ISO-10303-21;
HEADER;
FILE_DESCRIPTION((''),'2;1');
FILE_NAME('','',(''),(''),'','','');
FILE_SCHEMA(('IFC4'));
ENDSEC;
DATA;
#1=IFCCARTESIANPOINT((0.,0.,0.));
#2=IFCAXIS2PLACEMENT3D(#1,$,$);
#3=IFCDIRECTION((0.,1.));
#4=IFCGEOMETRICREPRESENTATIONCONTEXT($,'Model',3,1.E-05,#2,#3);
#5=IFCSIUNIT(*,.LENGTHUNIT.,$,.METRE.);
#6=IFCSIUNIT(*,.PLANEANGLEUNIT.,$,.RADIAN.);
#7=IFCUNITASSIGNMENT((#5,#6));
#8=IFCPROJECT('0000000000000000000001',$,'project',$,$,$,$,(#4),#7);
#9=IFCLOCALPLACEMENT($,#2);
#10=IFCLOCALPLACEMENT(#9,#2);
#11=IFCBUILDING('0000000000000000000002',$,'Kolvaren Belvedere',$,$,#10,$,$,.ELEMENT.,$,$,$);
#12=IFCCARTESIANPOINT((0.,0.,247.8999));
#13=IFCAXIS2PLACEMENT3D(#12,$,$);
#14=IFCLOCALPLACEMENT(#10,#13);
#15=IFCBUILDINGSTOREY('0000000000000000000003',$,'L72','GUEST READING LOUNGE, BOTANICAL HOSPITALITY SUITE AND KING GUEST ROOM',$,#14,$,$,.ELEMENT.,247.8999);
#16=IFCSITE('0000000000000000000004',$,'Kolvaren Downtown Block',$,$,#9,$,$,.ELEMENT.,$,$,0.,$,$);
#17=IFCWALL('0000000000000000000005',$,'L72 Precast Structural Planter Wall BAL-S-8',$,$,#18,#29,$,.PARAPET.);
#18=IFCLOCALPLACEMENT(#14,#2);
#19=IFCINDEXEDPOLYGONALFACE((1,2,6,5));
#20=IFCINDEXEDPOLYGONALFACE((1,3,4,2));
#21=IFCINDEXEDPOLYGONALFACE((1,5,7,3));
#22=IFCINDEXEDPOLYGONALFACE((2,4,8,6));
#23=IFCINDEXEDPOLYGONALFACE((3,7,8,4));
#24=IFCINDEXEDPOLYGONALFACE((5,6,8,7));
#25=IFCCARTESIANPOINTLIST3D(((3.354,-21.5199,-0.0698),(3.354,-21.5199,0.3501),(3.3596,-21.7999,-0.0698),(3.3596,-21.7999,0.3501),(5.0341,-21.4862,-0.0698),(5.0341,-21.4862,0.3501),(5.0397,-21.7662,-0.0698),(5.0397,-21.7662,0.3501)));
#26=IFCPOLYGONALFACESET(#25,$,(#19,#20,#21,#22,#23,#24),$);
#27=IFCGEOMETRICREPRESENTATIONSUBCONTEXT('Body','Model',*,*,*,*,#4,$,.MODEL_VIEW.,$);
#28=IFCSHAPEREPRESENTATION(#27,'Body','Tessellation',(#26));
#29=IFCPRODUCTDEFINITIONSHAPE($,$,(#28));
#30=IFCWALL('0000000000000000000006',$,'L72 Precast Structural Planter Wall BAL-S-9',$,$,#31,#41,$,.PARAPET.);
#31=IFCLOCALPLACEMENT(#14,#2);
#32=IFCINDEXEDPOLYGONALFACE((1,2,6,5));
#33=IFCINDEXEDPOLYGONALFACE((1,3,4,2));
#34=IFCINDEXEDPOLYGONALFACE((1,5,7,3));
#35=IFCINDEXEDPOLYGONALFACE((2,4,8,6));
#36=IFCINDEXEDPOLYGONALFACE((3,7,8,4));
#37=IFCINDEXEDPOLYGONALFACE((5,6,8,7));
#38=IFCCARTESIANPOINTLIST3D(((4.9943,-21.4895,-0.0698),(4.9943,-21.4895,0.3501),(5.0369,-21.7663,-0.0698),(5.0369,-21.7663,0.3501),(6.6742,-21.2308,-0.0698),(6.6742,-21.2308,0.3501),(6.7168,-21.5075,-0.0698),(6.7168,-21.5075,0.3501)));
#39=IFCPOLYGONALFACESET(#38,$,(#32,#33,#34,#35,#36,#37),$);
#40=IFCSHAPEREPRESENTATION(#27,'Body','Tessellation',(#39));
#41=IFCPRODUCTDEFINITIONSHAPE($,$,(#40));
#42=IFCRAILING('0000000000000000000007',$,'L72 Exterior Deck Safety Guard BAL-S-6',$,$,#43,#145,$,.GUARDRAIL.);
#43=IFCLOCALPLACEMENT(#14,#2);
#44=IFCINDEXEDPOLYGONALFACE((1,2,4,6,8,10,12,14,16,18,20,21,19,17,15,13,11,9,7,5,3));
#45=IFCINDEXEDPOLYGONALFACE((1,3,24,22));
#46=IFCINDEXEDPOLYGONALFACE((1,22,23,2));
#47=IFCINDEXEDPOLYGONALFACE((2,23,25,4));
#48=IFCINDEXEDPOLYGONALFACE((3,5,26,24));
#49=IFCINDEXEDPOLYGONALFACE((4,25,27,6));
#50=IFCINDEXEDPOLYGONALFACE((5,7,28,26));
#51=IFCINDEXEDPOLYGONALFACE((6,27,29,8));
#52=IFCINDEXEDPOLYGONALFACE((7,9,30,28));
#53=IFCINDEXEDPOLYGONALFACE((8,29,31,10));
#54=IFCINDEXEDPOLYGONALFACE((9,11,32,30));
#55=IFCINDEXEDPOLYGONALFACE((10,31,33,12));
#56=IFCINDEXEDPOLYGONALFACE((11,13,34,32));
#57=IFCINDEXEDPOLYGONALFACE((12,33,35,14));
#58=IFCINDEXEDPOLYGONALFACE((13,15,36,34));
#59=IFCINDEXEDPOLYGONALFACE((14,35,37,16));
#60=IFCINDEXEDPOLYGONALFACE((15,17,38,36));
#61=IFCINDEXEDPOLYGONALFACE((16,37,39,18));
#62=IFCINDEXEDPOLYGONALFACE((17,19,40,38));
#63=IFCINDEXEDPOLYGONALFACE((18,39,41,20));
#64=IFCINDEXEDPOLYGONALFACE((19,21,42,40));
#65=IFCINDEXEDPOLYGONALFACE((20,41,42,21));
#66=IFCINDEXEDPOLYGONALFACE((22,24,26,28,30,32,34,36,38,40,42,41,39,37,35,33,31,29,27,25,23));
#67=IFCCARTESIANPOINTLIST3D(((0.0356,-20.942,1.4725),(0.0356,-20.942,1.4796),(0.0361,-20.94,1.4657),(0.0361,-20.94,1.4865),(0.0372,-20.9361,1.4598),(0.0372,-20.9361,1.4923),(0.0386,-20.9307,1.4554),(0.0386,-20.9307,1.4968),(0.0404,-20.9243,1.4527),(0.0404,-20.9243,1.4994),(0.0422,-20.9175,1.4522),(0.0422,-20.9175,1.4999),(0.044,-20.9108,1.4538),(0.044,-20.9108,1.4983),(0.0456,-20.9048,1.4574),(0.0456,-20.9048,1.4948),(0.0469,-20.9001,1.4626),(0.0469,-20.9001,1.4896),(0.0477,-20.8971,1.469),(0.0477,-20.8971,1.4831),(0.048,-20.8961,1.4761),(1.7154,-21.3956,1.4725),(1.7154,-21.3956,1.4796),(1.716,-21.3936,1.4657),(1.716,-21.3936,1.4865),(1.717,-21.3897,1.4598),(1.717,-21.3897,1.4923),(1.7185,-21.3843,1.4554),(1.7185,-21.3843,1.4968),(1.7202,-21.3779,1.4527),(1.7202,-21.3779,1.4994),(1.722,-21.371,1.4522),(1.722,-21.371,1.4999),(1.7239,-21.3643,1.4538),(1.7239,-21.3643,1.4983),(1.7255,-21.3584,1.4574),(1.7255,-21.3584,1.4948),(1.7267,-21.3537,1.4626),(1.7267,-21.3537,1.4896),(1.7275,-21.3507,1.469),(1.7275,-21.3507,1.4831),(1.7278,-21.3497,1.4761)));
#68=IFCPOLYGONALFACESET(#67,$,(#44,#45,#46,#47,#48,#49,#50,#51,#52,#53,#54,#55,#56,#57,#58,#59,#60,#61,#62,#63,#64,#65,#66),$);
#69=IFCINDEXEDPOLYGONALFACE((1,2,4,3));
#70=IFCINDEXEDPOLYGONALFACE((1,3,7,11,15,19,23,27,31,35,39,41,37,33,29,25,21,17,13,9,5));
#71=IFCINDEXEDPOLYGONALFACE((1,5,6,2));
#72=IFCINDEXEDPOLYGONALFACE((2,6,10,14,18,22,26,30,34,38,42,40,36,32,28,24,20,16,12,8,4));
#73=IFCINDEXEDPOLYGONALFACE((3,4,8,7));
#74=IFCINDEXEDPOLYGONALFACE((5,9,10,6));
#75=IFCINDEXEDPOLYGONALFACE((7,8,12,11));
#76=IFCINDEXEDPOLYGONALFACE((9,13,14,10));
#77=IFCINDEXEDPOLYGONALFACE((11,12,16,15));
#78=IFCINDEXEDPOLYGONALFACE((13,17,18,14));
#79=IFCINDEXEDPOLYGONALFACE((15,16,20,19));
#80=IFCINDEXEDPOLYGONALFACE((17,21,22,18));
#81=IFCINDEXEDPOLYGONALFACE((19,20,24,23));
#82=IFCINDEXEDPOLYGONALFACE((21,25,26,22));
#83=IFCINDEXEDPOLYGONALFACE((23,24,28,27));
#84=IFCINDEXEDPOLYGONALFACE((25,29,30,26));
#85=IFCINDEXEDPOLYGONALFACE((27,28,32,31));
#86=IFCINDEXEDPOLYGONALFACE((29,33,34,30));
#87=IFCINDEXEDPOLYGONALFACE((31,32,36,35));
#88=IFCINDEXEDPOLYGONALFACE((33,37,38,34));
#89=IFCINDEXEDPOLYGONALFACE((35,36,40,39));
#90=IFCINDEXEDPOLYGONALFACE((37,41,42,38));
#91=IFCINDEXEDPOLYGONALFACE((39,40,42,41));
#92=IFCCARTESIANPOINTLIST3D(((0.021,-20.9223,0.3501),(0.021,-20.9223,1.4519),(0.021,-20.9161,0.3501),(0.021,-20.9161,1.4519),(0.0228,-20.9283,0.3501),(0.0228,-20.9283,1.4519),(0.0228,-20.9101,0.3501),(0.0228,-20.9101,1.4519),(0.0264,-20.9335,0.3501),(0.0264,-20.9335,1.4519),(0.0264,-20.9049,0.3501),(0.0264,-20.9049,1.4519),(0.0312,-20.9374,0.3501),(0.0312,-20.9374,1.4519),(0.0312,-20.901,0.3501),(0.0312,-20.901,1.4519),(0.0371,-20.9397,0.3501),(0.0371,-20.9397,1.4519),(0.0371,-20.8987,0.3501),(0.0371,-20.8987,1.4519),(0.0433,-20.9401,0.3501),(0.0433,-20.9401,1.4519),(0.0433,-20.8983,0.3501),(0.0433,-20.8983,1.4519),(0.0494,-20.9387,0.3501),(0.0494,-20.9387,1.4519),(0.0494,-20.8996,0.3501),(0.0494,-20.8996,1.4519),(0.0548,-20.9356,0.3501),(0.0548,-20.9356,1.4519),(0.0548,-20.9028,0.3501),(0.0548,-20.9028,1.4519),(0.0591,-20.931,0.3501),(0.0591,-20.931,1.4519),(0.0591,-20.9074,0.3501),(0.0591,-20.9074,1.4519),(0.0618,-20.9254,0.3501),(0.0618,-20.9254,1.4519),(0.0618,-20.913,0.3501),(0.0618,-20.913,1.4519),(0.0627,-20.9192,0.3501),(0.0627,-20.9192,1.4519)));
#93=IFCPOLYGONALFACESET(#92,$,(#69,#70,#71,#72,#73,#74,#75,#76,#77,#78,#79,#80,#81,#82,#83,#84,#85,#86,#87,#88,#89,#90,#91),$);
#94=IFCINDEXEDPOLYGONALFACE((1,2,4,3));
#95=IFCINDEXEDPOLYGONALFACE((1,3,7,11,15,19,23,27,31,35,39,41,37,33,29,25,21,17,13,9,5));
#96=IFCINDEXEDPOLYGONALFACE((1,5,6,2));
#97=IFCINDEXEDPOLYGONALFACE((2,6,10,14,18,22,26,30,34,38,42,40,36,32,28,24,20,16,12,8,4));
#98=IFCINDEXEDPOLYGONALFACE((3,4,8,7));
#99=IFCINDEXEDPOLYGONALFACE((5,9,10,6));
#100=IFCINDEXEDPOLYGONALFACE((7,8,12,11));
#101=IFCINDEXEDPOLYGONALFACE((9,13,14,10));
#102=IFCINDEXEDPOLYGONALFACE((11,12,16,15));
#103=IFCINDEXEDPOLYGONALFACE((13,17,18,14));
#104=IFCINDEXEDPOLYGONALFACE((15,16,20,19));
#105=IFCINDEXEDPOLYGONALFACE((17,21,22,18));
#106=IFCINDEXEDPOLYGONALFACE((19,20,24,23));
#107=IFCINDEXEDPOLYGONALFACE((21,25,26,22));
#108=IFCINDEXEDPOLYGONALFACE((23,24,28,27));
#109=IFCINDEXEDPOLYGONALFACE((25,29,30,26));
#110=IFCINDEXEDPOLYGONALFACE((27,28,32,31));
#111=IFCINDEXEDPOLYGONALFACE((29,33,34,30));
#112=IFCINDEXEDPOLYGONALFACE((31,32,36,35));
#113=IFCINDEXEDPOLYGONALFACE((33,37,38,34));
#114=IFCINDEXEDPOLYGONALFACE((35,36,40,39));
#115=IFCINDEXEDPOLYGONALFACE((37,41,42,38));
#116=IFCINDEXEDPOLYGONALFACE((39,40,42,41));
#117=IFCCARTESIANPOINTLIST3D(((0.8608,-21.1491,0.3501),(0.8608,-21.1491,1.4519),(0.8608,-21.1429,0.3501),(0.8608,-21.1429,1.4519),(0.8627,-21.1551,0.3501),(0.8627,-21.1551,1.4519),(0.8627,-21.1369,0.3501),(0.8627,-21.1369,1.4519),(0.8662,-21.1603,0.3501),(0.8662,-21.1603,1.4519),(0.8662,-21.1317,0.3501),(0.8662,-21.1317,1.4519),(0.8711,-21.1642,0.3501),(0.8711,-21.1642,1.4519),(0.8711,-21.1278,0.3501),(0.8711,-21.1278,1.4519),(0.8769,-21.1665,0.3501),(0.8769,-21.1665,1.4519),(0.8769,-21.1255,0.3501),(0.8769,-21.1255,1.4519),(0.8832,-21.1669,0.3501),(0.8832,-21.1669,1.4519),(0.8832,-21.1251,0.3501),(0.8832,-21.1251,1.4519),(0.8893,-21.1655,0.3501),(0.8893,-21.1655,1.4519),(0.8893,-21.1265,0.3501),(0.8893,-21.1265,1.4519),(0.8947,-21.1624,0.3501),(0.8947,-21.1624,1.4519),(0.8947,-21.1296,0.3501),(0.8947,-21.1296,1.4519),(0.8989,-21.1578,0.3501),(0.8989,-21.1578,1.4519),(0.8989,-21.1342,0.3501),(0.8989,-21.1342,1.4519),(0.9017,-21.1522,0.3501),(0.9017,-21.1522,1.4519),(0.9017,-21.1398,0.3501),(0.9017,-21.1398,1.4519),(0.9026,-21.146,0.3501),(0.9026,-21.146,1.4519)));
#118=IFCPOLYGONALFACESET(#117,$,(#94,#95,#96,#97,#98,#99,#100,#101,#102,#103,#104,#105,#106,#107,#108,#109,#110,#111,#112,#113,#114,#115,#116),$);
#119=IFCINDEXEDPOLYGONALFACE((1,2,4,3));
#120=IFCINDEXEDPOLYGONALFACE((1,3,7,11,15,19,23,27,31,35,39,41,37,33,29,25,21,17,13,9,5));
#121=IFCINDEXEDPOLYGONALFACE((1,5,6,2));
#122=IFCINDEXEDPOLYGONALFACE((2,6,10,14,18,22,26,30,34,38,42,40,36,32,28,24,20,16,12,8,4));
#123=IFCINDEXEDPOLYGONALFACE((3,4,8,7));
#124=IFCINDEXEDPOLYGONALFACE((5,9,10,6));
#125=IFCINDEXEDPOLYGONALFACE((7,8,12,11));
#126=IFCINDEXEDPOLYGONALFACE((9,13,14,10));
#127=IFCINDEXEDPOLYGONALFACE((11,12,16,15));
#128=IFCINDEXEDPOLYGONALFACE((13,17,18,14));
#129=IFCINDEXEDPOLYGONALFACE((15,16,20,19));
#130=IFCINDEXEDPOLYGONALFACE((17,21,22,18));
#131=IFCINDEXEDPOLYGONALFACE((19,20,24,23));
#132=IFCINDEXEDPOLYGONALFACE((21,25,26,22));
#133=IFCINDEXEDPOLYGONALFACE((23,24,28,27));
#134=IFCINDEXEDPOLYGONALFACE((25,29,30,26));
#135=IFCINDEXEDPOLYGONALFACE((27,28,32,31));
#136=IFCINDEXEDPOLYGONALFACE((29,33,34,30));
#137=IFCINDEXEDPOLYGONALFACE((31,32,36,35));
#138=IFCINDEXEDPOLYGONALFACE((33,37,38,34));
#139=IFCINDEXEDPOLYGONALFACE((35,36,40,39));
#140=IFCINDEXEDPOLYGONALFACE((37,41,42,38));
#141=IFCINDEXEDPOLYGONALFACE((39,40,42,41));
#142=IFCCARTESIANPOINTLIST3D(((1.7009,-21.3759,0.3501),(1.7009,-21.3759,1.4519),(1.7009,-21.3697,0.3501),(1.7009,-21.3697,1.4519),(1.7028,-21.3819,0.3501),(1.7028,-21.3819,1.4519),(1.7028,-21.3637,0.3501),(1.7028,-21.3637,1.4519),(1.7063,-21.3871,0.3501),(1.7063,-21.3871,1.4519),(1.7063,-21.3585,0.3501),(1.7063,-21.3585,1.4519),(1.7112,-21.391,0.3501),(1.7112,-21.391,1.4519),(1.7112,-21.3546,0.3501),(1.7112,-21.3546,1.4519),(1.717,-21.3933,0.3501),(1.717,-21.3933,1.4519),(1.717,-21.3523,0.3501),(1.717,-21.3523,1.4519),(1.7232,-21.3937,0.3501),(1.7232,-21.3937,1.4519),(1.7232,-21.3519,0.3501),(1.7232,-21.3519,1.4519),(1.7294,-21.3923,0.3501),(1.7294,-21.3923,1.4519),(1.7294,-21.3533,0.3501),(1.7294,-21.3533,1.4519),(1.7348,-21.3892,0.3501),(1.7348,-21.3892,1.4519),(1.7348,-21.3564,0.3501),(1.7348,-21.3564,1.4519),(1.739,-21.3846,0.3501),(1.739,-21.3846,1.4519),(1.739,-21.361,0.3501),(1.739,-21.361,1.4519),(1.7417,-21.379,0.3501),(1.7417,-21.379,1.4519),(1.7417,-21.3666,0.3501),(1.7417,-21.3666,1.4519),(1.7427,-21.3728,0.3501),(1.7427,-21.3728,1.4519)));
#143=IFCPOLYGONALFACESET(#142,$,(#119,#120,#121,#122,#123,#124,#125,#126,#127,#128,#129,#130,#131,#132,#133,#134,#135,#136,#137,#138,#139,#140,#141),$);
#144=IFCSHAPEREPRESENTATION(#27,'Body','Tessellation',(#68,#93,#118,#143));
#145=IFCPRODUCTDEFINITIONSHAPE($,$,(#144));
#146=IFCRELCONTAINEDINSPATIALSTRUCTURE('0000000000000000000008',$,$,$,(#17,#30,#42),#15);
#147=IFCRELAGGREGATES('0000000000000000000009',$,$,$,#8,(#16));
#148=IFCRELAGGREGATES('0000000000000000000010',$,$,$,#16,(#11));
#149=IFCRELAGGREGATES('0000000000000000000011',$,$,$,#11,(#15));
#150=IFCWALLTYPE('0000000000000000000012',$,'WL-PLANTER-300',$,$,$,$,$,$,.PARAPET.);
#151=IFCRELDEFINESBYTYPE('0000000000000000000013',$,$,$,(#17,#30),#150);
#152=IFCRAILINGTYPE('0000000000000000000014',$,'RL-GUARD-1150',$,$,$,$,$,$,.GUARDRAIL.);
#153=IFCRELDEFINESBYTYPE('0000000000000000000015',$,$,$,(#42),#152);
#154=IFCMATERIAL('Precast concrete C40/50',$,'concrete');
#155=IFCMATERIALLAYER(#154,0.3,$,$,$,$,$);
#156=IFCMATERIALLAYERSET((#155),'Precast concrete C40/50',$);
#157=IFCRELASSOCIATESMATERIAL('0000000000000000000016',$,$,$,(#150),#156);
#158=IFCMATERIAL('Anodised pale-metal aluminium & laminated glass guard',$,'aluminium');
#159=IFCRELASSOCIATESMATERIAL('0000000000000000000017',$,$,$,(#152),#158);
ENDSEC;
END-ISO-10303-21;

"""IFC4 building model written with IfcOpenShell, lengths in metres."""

from ifc_helpers import new_model, si_unit, direction, frame, frame_2d, origin, origin_2d, place, context, subcontext, project, spatial, rectangle, circle, extrude, material, layer, layer_set, type_object, element, save


model = new_model("IFC4")

# Units and contexts
model_context = context("Model", 3, precision=1e-05, world=origin(), true_north=direction((0.0, 1.0)))
body_context = subcontext(model_context, "Body", "Model", "MODEL_VIEW")
ifc_project = project(units=[si_unit("LENGTHUNIT", "METRE"), si_unit("PLANEANGLEUNIT", "RADIAN")], contexts=[model_context])

# Site, building, storey
site_placement = place(None, origin())
site = spatial("IfcSite", under=ifc_project, at=site_placement, Name="Kolvaren Downtown Block", CompositionType="ELEMENT", RefElevation=0.0)
building_placement = place(site_placement, origin())
building = spatial("IfcBuilding", under=site, at=building_placement, Name="Kolvaren Belvedere", CompositionType="ELEMENT")
storey_placement = place(building_placement, frame((0.0, 0.0, 247.8999)))
storey = spatial("IfcBuildingStorey", under=building, at=storey_placement, Name="L72", Description="GUEST READING LOUNGE, BOTANICAL HOSPITALITY SUITE AND KING GUEST ROOM", CompositionType="ELEMENT", Elevation=247.8999)

# Walls
ifc_material_1 = material(Name="Precast concrete C40/50", Category="concrete")
ifc_layer_1 = layer(ifc_material_1, 0.3)
ifc_layer_set_1 = layer_set([ifc_layer_1], Name="Precast concrete C40/50")
wall_type_1 = type_object("IfcWallType", Name="WL-PLANTER-300", PredefinedType="PARAPET", material=ifc_layer_set_1)
wall_1_placement = place(storey_placement, frame((3.3567, -21.6599, -0.0698), z_axis=(0.0, 0.0, 1.0), x_axis=(0.999799, 0.020048, 0.0)))
element("IfcWall", 1, at=wall_1_placement, inside=storey, type_object=wall_type_1, Name="L72 Precast Structural Planter Wall BAL-S-8", PredefinedType="PARAPET", context=body_context, shape_type="SweptSolid", body=[
    extrude(rectangle(XDim=1.6804, YDim=0.28, at=frame_2d((0.8403, 0.0))), origin(), (0.0, 0.0, 1.0), 0.4199),
])
wall_2_placement = place(storey_placement, frame((5.0156, -21.6279, -0.0698), z_axis=(0.0, 0.0, 1.0), x_axis=(0.988342, 0.152251, 0.0)))
element("IfcWall", 2, at=wall_2_placement, inside=storey, type_object=wall_type_1, Name="L72 Precast Structural Planter Wall BAL-S-9", PredefinedType="PARAPET", context=body_context, shape_type="SweptSolid", body=[
    extrude(rectangle(XDim=1.6997, YDim=0.28, at=frame_2d((0.8499, 0.0))), origin(), (0.0, 0.0, 1.0), 0.4199),
])

# Railing
ifc_material_2 = material(Name="Anodised pale-metal aluminium & laminated glass guard", Category="aluminium")
railing_type = type_object("IfcRailingType", Name="RL-GUARD-1150", PredefinedType="GUARDRAIL", material=ifc_material_2)
railing_1_placement = place(storey_placement, frame((0.0417, -20.9192, 0.3501)))
element("IfcRailing", 3, at=railing_1_placement, inside=storey, type_object=railing_type, Name="L72 Exterior Deck Safety Guard BAL-S-6", PredefinedType="GUARDRAIL", context=body_context, shape_type="SweptSolid", body=[
    extrude(circle(Radius=0.0239, at=origin_2d()), frame((0.0, 0.0, 1.126), z_axis=(0.965424, -0.260683, 0.0), x_axis=(0.260683, 0.965424, 0.0)), (0.0, 0.0, 1.0), 1.74),
    extrude(circle(Radius=0.021, at=origin_2d()), origin(), (0.0, 0.0, 1.0), 1.1018),
    extrude(circle(Radius=0.021, at=origin_2d()), frame((0.8398, -0.2268, 0.0)), (0.0, 0.0, 1.0), 1.1018),
    extrude(circle(Radius=0.021, at=origin_2d()), frame((1.6799, -0.4536, 0.0)), (0.0, 0.0, 1.0), 1.1018),
])

save(model, "model.ifc")
